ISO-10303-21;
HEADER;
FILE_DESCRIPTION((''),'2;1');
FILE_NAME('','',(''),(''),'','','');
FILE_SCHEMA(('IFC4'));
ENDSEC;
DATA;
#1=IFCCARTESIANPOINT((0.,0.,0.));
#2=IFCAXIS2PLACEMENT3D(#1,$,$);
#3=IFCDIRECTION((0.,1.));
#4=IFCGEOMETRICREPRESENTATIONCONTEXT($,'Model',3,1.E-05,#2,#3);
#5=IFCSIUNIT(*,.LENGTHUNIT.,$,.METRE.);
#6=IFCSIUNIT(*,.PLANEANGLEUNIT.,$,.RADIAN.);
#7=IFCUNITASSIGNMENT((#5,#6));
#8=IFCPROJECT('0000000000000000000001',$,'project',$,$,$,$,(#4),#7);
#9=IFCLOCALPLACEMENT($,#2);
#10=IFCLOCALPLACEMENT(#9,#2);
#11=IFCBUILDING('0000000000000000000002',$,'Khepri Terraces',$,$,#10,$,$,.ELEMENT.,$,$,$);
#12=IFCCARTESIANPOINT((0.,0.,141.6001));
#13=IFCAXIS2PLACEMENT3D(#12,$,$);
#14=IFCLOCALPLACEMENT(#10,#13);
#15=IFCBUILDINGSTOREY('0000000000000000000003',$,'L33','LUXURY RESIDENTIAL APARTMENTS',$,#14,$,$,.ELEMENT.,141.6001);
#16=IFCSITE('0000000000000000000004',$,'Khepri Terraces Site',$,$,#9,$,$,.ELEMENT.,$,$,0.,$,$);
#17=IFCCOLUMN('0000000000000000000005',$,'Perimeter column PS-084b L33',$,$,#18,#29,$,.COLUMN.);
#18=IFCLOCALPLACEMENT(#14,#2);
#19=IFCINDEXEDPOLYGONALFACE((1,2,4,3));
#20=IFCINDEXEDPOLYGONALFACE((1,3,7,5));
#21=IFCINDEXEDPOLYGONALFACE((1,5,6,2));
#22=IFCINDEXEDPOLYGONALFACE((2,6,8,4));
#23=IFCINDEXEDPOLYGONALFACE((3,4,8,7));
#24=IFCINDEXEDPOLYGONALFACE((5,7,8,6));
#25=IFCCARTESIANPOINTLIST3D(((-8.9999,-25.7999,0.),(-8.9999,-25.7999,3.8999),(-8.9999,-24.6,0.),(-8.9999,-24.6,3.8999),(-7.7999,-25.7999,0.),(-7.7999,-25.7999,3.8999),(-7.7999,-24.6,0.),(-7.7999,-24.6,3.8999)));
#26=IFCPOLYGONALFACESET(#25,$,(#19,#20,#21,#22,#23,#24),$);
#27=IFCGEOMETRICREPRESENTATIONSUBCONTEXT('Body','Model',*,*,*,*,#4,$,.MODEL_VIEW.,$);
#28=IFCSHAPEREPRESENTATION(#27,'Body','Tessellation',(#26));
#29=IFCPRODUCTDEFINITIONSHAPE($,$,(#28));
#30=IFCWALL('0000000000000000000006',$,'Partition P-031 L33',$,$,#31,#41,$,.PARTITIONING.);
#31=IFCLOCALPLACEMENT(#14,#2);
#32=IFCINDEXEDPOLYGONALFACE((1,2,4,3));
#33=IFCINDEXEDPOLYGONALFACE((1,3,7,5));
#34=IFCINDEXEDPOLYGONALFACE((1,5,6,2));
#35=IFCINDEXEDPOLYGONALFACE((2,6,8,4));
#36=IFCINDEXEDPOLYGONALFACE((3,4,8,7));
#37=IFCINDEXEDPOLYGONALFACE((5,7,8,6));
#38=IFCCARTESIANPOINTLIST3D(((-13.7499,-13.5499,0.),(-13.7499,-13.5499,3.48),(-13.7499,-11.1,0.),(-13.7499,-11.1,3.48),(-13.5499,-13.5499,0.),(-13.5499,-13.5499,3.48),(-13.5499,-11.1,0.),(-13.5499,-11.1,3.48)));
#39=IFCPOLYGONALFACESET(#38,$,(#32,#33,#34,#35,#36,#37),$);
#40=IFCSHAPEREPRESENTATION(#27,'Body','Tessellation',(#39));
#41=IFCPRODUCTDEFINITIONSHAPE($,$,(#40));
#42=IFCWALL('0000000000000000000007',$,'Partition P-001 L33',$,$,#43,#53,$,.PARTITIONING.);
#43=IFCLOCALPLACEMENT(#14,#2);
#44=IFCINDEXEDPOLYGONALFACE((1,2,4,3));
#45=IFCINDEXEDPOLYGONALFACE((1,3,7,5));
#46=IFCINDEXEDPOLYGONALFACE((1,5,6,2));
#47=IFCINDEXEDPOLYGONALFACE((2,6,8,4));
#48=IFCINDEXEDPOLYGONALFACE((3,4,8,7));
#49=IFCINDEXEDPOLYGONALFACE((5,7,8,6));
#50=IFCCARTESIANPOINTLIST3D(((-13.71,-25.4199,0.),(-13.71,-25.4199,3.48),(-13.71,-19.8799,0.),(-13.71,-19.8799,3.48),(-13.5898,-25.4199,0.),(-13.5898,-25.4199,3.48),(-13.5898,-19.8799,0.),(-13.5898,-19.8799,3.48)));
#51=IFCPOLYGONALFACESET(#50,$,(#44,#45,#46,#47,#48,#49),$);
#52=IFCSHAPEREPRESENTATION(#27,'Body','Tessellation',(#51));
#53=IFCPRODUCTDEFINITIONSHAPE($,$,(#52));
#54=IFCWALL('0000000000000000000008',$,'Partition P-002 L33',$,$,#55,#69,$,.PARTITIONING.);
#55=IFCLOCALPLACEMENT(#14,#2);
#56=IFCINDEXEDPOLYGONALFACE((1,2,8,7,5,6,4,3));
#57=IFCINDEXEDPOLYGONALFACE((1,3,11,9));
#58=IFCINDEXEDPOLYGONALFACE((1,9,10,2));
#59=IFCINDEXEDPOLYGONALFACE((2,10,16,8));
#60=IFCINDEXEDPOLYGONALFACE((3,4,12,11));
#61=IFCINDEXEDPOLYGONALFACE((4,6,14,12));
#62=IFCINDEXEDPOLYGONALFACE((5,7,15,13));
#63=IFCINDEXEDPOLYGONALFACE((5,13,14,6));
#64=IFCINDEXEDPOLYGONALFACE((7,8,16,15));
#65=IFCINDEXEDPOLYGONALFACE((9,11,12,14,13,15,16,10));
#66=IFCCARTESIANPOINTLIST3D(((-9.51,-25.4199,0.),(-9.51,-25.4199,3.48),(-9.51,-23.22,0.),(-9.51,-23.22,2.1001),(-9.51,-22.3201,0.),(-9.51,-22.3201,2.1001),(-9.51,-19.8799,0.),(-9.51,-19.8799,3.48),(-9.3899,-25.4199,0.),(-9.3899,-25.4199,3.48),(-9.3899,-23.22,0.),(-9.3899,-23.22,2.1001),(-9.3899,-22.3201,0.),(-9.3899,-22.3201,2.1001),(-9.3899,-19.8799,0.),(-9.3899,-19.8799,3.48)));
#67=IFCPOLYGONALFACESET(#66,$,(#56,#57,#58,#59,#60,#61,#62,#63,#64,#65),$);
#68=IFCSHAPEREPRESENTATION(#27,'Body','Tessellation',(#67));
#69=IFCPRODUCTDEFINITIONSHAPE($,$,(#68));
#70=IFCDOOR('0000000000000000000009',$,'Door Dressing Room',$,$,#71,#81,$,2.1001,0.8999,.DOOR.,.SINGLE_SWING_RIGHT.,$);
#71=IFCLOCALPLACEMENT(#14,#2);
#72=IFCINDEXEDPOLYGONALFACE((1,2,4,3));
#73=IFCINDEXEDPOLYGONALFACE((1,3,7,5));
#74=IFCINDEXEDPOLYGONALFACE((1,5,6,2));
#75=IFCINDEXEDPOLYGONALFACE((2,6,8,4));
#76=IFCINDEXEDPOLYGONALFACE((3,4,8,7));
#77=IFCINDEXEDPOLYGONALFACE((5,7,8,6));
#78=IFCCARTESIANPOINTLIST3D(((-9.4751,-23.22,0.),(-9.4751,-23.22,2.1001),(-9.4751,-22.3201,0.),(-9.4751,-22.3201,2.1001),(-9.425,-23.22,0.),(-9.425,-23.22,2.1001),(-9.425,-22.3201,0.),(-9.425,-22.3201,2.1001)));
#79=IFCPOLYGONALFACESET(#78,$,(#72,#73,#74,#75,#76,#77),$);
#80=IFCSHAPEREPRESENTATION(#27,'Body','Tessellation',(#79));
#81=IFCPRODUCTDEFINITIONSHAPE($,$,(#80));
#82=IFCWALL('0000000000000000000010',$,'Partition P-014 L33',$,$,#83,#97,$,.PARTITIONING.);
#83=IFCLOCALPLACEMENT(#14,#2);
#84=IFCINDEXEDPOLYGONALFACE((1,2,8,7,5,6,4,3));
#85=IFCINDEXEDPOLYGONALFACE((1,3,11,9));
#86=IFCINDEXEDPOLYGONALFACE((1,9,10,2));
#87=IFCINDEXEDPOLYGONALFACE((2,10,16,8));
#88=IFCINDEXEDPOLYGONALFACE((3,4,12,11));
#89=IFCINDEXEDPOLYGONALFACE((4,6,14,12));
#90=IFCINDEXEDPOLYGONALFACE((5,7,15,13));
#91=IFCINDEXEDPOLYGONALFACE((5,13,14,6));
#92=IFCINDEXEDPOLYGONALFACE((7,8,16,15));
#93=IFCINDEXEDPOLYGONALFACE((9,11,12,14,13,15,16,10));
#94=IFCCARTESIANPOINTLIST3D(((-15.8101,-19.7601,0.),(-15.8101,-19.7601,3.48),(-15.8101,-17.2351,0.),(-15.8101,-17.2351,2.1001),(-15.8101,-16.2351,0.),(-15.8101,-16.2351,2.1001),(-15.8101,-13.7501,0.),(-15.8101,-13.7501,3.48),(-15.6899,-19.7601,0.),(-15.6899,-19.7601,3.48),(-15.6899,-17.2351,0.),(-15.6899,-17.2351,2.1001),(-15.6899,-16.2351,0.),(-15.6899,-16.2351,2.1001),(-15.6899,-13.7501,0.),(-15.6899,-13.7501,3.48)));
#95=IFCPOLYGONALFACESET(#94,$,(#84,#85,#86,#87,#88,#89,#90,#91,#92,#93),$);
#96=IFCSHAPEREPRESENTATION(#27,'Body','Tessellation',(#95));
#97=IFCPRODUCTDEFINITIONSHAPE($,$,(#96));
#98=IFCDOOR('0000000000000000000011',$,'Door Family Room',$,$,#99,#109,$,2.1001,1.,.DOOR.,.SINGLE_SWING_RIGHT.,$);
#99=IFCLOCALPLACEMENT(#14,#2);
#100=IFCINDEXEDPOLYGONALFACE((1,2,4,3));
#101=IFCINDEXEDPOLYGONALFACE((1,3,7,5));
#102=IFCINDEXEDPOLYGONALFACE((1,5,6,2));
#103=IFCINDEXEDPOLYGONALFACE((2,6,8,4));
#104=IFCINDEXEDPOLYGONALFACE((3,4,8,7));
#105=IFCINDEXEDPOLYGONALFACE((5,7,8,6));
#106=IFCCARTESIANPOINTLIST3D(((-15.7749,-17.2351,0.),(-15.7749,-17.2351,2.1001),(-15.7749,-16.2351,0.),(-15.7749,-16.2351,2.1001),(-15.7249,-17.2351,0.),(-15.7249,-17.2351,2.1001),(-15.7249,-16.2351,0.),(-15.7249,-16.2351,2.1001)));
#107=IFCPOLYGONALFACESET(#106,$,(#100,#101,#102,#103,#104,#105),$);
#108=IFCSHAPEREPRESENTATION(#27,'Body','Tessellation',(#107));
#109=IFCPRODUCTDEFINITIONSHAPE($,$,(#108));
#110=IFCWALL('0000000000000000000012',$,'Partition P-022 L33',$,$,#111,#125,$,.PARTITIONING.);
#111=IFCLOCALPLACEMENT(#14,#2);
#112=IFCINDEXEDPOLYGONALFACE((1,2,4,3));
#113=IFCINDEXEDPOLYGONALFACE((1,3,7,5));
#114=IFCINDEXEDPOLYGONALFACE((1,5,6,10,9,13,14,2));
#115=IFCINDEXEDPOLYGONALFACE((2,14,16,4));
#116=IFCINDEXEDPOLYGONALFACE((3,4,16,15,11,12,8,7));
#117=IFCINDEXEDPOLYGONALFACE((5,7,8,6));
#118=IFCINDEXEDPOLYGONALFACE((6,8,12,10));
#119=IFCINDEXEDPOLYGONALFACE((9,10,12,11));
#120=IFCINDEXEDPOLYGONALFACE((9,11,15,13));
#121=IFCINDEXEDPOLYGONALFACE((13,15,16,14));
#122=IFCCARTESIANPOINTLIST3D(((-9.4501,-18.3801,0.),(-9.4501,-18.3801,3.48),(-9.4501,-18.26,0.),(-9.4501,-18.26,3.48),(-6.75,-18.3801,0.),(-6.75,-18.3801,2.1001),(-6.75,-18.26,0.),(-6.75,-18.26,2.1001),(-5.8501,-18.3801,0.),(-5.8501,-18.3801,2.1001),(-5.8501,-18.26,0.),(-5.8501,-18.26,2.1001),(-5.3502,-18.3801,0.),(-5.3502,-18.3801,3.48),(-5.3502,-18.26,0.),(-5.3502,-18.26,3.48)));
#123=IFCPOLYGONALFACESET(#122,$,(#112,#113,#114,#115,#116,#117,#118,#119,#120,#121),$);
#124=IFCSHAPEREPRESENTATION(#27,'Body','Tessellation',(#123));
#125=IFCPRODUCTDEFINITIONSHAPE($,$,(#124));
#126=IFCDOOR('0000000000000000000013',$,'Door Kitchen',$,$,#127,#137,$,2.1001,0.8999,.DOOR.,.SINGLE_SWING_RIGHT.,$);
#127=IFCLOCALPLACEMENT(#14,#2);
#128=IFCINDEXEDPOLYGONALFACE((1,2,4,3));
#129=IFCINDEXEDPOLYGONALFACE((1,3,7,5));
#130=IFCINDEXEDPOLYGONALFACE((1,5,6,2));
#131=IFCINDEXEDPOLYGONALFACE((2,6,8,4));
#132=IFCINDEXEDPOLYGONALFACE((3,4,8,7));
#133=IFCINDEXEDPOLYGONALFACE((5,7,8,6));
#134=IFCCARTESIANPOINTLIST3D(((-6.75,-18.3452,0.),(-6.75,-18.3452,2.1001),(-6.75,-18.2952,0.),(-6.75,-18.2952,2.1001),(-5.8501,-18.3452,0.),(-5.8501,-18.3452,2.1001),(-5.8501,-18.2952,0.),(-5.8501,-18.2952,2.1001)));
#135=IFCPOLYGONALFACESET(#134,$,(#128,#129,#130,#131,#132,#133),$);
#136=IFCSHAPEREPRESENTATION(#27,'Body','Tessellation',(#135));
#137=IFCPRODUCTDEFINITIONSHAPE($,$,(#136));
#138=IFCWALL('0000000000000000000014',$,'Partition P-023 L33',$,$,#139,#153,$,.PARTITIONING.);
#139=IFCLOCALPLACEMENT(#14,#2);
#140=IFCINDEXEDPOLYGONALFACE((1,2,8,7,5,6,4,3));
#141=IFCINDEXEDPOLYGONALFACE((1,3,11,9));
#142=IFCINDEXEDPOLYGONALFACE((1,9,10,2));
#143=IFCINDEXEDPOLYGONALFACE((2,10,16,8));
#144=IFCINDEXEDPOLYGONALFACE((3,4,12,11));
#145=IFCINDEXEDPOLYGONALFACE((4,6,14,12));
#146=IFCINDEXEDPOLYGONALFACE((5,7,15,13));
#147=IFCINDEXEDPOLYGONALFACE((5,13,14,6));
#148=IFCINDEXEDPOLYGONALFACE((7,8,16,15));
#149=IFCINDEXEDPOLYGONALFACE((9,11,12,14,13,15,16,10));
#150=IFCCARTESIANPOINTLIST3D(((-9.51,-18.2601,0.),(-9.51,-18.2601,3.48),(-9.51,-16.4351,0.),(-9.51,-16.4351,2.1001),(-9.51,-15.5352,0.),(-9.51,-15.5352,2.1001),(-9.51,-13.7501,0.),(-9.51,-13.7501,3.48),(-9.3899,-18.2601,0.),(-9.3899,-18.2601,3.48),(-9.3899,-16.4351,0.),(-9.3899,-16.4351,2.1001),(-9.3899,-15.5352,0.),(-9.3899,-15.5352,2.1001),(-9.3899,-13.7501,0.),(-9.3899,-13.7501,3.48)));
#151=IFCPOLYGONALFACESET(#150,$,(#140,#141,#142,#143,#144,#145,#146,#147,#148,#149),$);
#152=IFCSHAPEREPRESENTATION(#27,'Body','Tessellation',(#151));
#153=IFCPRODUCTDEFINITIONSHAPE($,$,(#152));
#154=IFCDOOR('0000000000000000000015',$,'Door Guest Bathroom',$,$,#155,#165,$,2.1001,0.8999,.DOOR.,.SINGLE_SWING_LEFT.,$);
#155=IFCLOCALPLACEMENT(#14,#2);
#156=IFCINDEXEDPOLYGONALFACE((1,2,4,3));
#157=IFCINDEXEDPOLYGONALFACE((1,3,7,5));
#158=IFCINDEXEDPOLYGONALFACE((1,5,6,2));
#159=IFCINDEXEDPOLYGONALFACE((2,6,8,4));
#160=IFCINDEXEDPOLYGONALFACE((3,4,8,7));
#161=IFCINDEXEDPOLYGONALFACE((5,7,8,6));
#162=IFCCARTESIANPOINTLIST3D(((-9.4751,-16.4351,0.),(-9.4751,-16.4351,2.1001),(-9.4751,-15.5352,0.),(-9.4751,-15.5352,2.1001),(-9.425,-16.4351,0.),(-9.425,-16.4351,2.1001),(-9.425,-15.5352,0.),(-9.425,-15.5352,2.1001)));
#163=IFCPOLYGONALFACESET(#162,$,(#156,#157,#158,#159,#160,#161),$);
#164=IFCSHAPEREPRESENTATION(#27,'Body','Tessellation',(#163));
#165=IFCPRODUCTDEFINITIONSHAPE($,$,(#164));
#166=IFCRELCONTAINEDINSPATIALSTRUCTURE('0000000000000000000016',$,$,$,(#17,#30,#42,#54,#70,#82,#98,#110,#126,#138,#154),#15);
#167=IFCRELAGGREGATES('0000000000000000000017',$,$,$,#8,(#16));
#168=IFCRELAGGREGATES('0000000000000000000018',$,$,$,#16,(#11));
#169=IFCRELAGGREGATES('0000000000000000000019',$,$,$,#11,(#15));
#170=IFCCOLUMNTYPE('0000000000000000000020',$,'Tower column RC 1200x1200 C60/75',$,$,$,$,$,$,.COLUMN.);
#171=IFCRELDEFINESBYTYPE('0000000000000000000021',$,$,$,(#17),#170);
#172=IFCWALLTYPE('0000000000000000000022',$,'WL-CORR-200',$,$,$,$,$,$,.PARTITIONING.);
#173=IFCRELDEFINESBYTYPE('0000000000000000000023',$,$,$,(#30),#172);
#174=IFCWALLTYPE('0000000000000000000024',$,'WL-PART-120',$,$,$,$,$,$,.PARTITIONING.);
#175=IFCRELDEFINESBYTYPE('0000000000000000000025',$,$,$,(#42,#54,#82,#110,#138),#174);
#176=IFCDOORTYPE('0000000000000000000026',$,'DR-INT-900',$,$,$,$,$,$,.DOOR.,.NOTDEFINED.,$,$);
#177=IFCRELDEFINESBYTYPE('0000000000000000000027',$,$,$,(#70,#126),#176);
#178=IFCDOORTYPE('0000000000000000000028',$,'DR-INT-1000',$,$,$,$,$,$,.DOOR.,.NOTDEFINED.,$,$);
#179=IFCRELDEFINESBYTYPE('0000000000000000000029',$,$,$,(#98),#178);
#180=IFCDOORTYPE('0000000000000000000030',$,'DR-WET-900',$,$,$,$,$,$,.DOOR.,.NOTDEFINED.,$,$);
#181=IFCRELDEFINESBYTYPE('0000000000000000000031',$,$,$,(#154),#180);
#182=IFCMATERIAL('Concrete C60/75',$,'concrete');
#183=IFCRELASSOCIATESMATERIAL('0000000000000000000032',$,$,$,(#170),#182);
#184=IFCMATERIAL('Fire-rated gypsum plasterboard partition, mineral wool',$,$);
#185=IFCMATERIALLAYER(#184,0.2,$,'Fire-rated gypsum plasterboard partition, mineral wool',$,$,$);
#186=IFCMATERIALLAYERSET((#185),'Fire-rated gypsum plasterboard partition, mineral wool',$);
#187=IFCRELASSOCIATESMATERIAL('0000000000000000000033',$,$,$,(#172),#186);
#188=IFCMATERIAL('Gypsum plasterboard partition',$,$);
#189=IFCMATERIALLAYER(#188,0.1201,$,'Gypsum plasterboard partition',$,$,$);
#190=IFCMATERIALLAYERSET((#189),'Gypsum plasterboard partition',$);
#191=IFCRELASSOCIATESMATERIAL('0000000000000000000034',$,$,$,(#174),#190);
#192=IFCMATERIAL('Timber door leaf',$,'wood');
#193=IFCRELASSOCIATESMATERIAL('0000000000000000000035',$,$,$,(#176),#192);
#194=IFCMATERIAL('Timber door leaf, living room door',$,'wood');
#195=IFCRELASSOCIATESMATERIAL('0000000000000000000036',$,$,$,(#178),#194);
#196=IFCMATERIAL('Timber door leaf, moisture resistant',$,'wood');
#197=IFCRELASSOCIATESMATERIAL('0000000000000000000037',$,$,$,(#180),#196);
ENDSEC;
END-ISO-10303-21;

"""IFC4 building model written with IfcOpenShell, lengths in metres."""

from ifc_helpers import new_model, si_unit, direction, frame, frame_2d, origin, origin_2d, place, context, subcontext, project, spatial, rectangle, extrude, material, layer, layer_set, material_profile, profile_set, type_object, element, fill, save


model = new_model("IFC4")

# Units and contexts
model_context = context("Model", 3, precision=1e-05, world=origin(), true_north=direction((0.0, 1.0)))
body_context = subcontext(model_context, "Body", "Model", "MODEL_VIEW")
ifc_project = project(units=[si_unit("LENGTHUNIT", "METRE"), si_unit("PLANEANGLEUNIT", "RADIAN")], contexts=[model_context])

# Site, building, storey
site_placement = place(None, origin())
site = spatial("IfcSite", under=ifc_project, at=site_placement, Name="Khepri Terraces Site", CompositionType="ELEMENT", RefElevation=0.0)
building_placement = place(site_placement, origin())
building = spatial("IfcBuilding", under=site, at=building_placement, Name="Khepri Terraces", CompositionType="ELEMENT")
storey_placement = place(building_placement, frame((0.0, 0.0, 141.6001)))
storey = spatial("IfcBuildingStorey", under=building, at=storey_placement, Name="L33", Description="LUXURY RESIDENTIAL APARTMENTS", CompositionType="ELEMENT", Elevation=141.6001)

# Column
ifc_material_1 = material(Name="Concrete C60/75", Category="concrete")
ifc_material_profile = material_profile(ifc_material_1, rectangle(XDim=1.2, YDim=1.2, at=origin_2d()), Name="Concrete C60/75", Category="concrete")
ifc_profile_set = profile_set([ifc_material_profile], Name="Concrete C60/75")
column_type = type_object("IfcColumnType", Name="Tower column RC 1200x1200 C60/75", PredefinedType="COLUMN", material=ifc_profile_set)
column_placement = place(storey_placement, frame((-8.3999, -25.2, 0.0), z_axis=(0.0, 0.0, 1.0), x_axis=(1.0, 0.0, 0.0)))
element("IfcColumn", 1, at=column_placement, inside=storey, type_object=column_type, Name="Perimeter column PS-084b L33", PredefinedType="COLUMN", context=body_context, shape_type="SweptSolid", body=[
    extrude(rectangle(XDim=1.2, YDim=1.2, at=origin_2d()), origin(), (0.0, 0.0, 1.0), 3.8999),
])

# Wall
ifc_material_2 = material(Name="Fire-rated gypsum plasterboard partition, mineral wool")
ifc_layer_1 = layer(ifc_material_2, 0.2, Name="Fire-rated gypsum plasterboard partition, mineral wool")
ifc_layer_set_1 = layer_set([ifc_layer_1], Name="Fire-rated gypsum plasterboard partition, mineral wool")
wall_type_1 = type_object("IfcWallType", Name="WL-CORR-200", PredefinedType="PARTITIONING", material=ifc_layer_set_1)
wall_1_placement = place(storey_placement, frame((-13.6499, -13.55, 0.0), z_axis=(0.0, 0.0, 1.0), x_axis=(0.0, 1.0, 0.0)))
element("IfcWall", 2, at=wall_1_placement, inside=storey, type_object=wall_type_1, Name="Partition P-031 L33", PredefinedType="PARTITIONING", context=body_context, shape_type="SweptSolid", body=[
    extrude(rectangle(XDim=2.45, YDim=0.2, at=frame_2d((1.2251, 0.0))), origin(), (0.0, 0.0, 1.0), 3.48),
])

# Wall
ifc_material_3 = material(Name="Gypsum plasterboard partition")
ifc_layer_2 = layer(ifc_material_3, 0.1201, Name="Gypsum plasterboard partition")
ifc_layer_set_2 = layer_set([ifc_layer_2], Name="Gypsum plasterboard partition")
wall_type_2 = type_object("IfcWallType", Name="WL-PART-120", PredefinedType="PARTITIONING", material=ifc_layer_set_2)
wall_2_placement = place(storey_placement, frame((-13.6499, -25.4199, 0.0), z_axis=(0.0, 0.0, 1.0), x_axis=(0.0, 1.0, 0.0)))
element("IfcWall", 3, at=wall_2_placement, inside=storey, type_object=wall_type_2, Name="Partition P-001 L33", PredefinedType="PARTITIONING", context=body_context, shape_type="SweptSolid", body=[
    extrude(rectangle(XDim=5.54, YDim=0.1201, at=frame_2d((2.77, 0.0))), origin(), (0.0, 0.0, 1.0), 3.48),
])

# Walls, openings, doors
wall_3_placement = place(storey_placement, frame((-9.45, -25.4199, 0.0), z_axis=(0.0, 0.0, 1.0), x_axis=(0.0, 1.0, 0.0)))
wall_3 = element("IfcWall", 4, at=wall_3_placement, inside=storey, type_object=wall_type_2, Name="Partition P-002 L33", PredefinedType="PARTITIONING", context=body_context, shape_type="SweptSolid", body=[
    extrude(rectangle(XDim=5.54, YDim=0.1201, at=frame_2d((2.77, 0.0))), origin(), (0.0, 0.0, 1.0), 3.48),
])
opening_1_placement = place(wall_3_placement, frame((2.2, 0.0, 0.0)))
opening_1 = element("IfcOpeningElement", 5, at=opening_1_placement, cuts=wall_3, PredefinedType="OPENING", context=body_context, shape_type="SweptSolid", body=[
    extrude(rectangle(XDim=0.8999, YDim=2.1001, at=frame_2d((0.45, 1.05))), frame((0.0, 0.0701, 0.0), z_axis=(0.0, -1.0, 0.0), x_axis=(1.0, 0.0, 0.0)), (0.0, 0.0, 1.0), 0.1401),
])
ifc_material_4 = material(Name="Timber door leaf", Category="wood")
door_type_1 = type_object("IfcDoorType", Name="DR-INT-900", OperationType="NOTDEFINED", PredefinedType="DOOR", material=ifc_material_4)
door_1_placement = place(opening_1_placement, frame((0.8999, 0.0, 0.0), z_axis=(0.0, 0.0, 1.0), x_axis=(-1.0, 0.0, 0.0)))
door_1 = element("IfcDoor", 6, at=door_1_placement, inside=storey, type_object=door_type_1, Name="Door Dressing Room", OperationType="SINGLE_SWING_RIGHT", OverallHeight=2.1001, OverallWidth=0.8999, PredefinedType="DOOR", context=body_context, shape_type="SweptSolid", body=[
    extrude(rectangle(XDim=0.8999, YDim=2.1001, at=frame_2d((0.45, 1.05))), frame((0.0, 0.0249, 0.0), z_axis=(0.0, -1.0, 0.0), x_axis=(1.0, 0.0, 0.0)), (0.0, 0.0, 1.0), 0.05),
])
fill(opening_1, door_1)
wall_4_placement = place(storey_placement, frame((-15.75, -19.76, 0.0), z_axis=(0.0, 0.0, 1.0), x_axis=(0.0, 1.0, 0.0)))
wall_4 = element("IfcWall", 7, at=wall_4_placement, inside=storey, type_object=wall_type_2, Name="Partition P-014 L33", PredefinedType="PARTITIONING", context=body_context, shape_type="SweptSolid", body=[
    extrude(rectangle(XDim=6.01, YDim=0.1201, at=frame_2d((3.0049, 0.0))), origin(), (0.0, 0.0, 1.0), 3.48),
])
opening_2_placement = place(wall_4_placement, frame((2.5249, 0.0, 0.0)))
opening_2 = element("IfcOpeningElement", 8, at=opening_2_placement, cuts=wall_4, PredefinedType="OPENING", context=body_context, shape_type="SweptSolid", body=[
    extrude(rectangle(XDim=1.0, YDim=2.1001, at=frame_2d((0.5, 1.05))), frame((0.0, 0.0701, 0.0), z_axis=(0.0, -1.0, 0.0), x_axis=(1.0, 0.0, 0.0)), (0.0, 0.0, 1.0), 0.1401),
])
ifc_material_5 = material(Name="Timber door leaf, living room door", Category="wood")
door_type_2 = type_object("IfcDoorType", Name="DR-INT-1000", OperationType="NOTDEFINED", PredefinedType="DOOR", material=ifc_material_5)
door_2_placement = place(opening_2_placement, origin())
door_2 = element("IfcDoor", 9, at=door_2_placement, inside=storey, type_object=door_type_2, Name="Door Family Room", OperationType="SINGLE_SWING_RIGHT", OverallHeight=2.1001, OverallWidth=1.0, PredefinedType="DOOR", context=body_context, shape_type="SweptSolid", body=[
    extrude(rectangle(XDim=1.0, YDim=2.1001, at=frame_2d((0.5, 1.05))), frame((0.0, 0.0249, 0.0), z_axis=(0.0, -1.0, 0.0), x_axis=(1.0, 0.0, 0.0)), (0.0, 0.0, 1.0), 0.05),
])
fill(opening_2, door_2)
wall_5_placement = place(storey_placement, frame((-9.45, -18.3201, 0.0), z_axis=(0.0, 0.0, 1.0), x_axis=(1.0, 0.0, 0.0)))
wall_5 = element("IfcWall", 10, at=wall_5_placement, inside=storey, type_object=wall_type_2, Name="Partition P-022 L33", PredefinedType="PARTITIONING", context=body_context, shape_type="SweptSolid", body=[
    extrude(rectangle(XDim=4.0999, YDim=0.1201, at=frame_2d((2.0498, 0.0))), origin(), (0.0, 0.0, 1.0), 3.48),
])
opening_3_placement = place(wall_5_placement, frame((2.7, 0.0, 0.0)))
opening_3 = element("IfcOpeningElement", 11, at=opening_3_placement, cuts=wall_5, PredefinedType="OPENING", context=body_context, shape_type="SweptSolid", body=[
    extrude(rectangle(XDim=0.8999, YDim=2.1001, at=frame_2d((0.45, 1.05))), frame((0.0, 0.0701, 0.0), z_axis=(0.0, -1.0, 0.0), x_axis=(1.0, 0.0, 0.0)), (0.0, 0.0, 1.0), 0.1401),
])
door_3_placement = place(opening_3_placement, origin())
door_3 = element("IfcDoor", 12, at=door_3_placement, inside=storey, type_object=door_type_1, Name="Door Kitchen", OperationType="SINGLE_SWING_RIGHT", OverallHeight=2.1001, OverallWidth=0.8999, PredefinedType="DOOR", context=body_context, shape_type="SweptSolid", body=[
    extrude(rectangle(XDim=0.8999, YDim=2.1001, at=frame_2d((0.45, 1.05))), frame((0.0, 0.0249, 0.0), z_axis=(0.0, -1.0, 0.0), x_axis=(1.0, 0.0, 0.0)), (0.0, 0.0, 1.0), 0.05),
])
fill(opening_3, door_3)
wall_6_placement = place(storey_placement, frame((-9.45, -18.26, 0.0), z_axis=(0.0, 0.0, 1.0), x_axis=(0.0, 1.0, 0.0)))
wall_6 = element("IfcWall", 13, at=wall_6_placement, inside=storey, type_object=wall_type_2, Name="Partition P-023 L33", PredefinedType="PARTITIONING", context=body_context, shape_type="SweptSolid", body=[
    extrude(rectangle(XDim=4.51, YDim=0.1201, at=frame_2d((2.2549, 0.0))), origin(), (0.0, 0.0, 1.0), 3.48),
])
opening_4_placement = place(wall_6_placement, frame((1.825, 0.0, 0.0)))
opening_4 = element("IfcOpeningElement", 14, at=opening_4_placement, cuts=wall_6, PredefinedType="OPENING", context=body_context, shape_type="SweptSolid", body=[
    extrude(rectangle(XDim=0.8999, YDim=2.1001, at=frame_2d((0.45, 1.05))), frame((0.0, 0.0701, 0.0), z_axis=(0.0, -1.0, 0.0), x_axis=(1.0, 0.0, 0.0)), (0.0, 0.0, 1.0), 0.1401),
])
ifc_material_6 = material(Name="Timber door leaf, moisture resistant", Category="wood")
door_type_3 = type_object("IfcDoorType", Name="DR-WET-900", OperationType="NOTDEFINED", PredefinedType="DOOR", material=ifc_material_6)
door_4_placement = place(opening_4_placement, frame((0.8999, 0.0, 0.0), z_axis=(0.0, 0.0, 1.0), x_axis=(-1.0, 0.0, 0.0)))
door_4 = element("IfcDoor", 15, at=door_4_placement, inside=storey, type_object=door_type_3, Name="Door Guest Bathroom", OperationType="SINGLE_SWING_LEFT", OverallHeight=2.1001, OverallWidth=0.8999, PredefinedType="DOOR", context=body_context, shape_type="SweptSolid", body=[
    extrude(rectangle(XDim=0.8999, YDim=2.1001, at=frame_2d((0.45, 1.05))), frame((0.0, 0.0249, 0.0), z_axis=(0.0, -1.0, 0.0), x_axis=(1.0, 0.0, 0.0)), (0.0, 0.0, 1.0), 0.05),
])
fill(opening_4, door_4)

save(model, "model.ifc")
